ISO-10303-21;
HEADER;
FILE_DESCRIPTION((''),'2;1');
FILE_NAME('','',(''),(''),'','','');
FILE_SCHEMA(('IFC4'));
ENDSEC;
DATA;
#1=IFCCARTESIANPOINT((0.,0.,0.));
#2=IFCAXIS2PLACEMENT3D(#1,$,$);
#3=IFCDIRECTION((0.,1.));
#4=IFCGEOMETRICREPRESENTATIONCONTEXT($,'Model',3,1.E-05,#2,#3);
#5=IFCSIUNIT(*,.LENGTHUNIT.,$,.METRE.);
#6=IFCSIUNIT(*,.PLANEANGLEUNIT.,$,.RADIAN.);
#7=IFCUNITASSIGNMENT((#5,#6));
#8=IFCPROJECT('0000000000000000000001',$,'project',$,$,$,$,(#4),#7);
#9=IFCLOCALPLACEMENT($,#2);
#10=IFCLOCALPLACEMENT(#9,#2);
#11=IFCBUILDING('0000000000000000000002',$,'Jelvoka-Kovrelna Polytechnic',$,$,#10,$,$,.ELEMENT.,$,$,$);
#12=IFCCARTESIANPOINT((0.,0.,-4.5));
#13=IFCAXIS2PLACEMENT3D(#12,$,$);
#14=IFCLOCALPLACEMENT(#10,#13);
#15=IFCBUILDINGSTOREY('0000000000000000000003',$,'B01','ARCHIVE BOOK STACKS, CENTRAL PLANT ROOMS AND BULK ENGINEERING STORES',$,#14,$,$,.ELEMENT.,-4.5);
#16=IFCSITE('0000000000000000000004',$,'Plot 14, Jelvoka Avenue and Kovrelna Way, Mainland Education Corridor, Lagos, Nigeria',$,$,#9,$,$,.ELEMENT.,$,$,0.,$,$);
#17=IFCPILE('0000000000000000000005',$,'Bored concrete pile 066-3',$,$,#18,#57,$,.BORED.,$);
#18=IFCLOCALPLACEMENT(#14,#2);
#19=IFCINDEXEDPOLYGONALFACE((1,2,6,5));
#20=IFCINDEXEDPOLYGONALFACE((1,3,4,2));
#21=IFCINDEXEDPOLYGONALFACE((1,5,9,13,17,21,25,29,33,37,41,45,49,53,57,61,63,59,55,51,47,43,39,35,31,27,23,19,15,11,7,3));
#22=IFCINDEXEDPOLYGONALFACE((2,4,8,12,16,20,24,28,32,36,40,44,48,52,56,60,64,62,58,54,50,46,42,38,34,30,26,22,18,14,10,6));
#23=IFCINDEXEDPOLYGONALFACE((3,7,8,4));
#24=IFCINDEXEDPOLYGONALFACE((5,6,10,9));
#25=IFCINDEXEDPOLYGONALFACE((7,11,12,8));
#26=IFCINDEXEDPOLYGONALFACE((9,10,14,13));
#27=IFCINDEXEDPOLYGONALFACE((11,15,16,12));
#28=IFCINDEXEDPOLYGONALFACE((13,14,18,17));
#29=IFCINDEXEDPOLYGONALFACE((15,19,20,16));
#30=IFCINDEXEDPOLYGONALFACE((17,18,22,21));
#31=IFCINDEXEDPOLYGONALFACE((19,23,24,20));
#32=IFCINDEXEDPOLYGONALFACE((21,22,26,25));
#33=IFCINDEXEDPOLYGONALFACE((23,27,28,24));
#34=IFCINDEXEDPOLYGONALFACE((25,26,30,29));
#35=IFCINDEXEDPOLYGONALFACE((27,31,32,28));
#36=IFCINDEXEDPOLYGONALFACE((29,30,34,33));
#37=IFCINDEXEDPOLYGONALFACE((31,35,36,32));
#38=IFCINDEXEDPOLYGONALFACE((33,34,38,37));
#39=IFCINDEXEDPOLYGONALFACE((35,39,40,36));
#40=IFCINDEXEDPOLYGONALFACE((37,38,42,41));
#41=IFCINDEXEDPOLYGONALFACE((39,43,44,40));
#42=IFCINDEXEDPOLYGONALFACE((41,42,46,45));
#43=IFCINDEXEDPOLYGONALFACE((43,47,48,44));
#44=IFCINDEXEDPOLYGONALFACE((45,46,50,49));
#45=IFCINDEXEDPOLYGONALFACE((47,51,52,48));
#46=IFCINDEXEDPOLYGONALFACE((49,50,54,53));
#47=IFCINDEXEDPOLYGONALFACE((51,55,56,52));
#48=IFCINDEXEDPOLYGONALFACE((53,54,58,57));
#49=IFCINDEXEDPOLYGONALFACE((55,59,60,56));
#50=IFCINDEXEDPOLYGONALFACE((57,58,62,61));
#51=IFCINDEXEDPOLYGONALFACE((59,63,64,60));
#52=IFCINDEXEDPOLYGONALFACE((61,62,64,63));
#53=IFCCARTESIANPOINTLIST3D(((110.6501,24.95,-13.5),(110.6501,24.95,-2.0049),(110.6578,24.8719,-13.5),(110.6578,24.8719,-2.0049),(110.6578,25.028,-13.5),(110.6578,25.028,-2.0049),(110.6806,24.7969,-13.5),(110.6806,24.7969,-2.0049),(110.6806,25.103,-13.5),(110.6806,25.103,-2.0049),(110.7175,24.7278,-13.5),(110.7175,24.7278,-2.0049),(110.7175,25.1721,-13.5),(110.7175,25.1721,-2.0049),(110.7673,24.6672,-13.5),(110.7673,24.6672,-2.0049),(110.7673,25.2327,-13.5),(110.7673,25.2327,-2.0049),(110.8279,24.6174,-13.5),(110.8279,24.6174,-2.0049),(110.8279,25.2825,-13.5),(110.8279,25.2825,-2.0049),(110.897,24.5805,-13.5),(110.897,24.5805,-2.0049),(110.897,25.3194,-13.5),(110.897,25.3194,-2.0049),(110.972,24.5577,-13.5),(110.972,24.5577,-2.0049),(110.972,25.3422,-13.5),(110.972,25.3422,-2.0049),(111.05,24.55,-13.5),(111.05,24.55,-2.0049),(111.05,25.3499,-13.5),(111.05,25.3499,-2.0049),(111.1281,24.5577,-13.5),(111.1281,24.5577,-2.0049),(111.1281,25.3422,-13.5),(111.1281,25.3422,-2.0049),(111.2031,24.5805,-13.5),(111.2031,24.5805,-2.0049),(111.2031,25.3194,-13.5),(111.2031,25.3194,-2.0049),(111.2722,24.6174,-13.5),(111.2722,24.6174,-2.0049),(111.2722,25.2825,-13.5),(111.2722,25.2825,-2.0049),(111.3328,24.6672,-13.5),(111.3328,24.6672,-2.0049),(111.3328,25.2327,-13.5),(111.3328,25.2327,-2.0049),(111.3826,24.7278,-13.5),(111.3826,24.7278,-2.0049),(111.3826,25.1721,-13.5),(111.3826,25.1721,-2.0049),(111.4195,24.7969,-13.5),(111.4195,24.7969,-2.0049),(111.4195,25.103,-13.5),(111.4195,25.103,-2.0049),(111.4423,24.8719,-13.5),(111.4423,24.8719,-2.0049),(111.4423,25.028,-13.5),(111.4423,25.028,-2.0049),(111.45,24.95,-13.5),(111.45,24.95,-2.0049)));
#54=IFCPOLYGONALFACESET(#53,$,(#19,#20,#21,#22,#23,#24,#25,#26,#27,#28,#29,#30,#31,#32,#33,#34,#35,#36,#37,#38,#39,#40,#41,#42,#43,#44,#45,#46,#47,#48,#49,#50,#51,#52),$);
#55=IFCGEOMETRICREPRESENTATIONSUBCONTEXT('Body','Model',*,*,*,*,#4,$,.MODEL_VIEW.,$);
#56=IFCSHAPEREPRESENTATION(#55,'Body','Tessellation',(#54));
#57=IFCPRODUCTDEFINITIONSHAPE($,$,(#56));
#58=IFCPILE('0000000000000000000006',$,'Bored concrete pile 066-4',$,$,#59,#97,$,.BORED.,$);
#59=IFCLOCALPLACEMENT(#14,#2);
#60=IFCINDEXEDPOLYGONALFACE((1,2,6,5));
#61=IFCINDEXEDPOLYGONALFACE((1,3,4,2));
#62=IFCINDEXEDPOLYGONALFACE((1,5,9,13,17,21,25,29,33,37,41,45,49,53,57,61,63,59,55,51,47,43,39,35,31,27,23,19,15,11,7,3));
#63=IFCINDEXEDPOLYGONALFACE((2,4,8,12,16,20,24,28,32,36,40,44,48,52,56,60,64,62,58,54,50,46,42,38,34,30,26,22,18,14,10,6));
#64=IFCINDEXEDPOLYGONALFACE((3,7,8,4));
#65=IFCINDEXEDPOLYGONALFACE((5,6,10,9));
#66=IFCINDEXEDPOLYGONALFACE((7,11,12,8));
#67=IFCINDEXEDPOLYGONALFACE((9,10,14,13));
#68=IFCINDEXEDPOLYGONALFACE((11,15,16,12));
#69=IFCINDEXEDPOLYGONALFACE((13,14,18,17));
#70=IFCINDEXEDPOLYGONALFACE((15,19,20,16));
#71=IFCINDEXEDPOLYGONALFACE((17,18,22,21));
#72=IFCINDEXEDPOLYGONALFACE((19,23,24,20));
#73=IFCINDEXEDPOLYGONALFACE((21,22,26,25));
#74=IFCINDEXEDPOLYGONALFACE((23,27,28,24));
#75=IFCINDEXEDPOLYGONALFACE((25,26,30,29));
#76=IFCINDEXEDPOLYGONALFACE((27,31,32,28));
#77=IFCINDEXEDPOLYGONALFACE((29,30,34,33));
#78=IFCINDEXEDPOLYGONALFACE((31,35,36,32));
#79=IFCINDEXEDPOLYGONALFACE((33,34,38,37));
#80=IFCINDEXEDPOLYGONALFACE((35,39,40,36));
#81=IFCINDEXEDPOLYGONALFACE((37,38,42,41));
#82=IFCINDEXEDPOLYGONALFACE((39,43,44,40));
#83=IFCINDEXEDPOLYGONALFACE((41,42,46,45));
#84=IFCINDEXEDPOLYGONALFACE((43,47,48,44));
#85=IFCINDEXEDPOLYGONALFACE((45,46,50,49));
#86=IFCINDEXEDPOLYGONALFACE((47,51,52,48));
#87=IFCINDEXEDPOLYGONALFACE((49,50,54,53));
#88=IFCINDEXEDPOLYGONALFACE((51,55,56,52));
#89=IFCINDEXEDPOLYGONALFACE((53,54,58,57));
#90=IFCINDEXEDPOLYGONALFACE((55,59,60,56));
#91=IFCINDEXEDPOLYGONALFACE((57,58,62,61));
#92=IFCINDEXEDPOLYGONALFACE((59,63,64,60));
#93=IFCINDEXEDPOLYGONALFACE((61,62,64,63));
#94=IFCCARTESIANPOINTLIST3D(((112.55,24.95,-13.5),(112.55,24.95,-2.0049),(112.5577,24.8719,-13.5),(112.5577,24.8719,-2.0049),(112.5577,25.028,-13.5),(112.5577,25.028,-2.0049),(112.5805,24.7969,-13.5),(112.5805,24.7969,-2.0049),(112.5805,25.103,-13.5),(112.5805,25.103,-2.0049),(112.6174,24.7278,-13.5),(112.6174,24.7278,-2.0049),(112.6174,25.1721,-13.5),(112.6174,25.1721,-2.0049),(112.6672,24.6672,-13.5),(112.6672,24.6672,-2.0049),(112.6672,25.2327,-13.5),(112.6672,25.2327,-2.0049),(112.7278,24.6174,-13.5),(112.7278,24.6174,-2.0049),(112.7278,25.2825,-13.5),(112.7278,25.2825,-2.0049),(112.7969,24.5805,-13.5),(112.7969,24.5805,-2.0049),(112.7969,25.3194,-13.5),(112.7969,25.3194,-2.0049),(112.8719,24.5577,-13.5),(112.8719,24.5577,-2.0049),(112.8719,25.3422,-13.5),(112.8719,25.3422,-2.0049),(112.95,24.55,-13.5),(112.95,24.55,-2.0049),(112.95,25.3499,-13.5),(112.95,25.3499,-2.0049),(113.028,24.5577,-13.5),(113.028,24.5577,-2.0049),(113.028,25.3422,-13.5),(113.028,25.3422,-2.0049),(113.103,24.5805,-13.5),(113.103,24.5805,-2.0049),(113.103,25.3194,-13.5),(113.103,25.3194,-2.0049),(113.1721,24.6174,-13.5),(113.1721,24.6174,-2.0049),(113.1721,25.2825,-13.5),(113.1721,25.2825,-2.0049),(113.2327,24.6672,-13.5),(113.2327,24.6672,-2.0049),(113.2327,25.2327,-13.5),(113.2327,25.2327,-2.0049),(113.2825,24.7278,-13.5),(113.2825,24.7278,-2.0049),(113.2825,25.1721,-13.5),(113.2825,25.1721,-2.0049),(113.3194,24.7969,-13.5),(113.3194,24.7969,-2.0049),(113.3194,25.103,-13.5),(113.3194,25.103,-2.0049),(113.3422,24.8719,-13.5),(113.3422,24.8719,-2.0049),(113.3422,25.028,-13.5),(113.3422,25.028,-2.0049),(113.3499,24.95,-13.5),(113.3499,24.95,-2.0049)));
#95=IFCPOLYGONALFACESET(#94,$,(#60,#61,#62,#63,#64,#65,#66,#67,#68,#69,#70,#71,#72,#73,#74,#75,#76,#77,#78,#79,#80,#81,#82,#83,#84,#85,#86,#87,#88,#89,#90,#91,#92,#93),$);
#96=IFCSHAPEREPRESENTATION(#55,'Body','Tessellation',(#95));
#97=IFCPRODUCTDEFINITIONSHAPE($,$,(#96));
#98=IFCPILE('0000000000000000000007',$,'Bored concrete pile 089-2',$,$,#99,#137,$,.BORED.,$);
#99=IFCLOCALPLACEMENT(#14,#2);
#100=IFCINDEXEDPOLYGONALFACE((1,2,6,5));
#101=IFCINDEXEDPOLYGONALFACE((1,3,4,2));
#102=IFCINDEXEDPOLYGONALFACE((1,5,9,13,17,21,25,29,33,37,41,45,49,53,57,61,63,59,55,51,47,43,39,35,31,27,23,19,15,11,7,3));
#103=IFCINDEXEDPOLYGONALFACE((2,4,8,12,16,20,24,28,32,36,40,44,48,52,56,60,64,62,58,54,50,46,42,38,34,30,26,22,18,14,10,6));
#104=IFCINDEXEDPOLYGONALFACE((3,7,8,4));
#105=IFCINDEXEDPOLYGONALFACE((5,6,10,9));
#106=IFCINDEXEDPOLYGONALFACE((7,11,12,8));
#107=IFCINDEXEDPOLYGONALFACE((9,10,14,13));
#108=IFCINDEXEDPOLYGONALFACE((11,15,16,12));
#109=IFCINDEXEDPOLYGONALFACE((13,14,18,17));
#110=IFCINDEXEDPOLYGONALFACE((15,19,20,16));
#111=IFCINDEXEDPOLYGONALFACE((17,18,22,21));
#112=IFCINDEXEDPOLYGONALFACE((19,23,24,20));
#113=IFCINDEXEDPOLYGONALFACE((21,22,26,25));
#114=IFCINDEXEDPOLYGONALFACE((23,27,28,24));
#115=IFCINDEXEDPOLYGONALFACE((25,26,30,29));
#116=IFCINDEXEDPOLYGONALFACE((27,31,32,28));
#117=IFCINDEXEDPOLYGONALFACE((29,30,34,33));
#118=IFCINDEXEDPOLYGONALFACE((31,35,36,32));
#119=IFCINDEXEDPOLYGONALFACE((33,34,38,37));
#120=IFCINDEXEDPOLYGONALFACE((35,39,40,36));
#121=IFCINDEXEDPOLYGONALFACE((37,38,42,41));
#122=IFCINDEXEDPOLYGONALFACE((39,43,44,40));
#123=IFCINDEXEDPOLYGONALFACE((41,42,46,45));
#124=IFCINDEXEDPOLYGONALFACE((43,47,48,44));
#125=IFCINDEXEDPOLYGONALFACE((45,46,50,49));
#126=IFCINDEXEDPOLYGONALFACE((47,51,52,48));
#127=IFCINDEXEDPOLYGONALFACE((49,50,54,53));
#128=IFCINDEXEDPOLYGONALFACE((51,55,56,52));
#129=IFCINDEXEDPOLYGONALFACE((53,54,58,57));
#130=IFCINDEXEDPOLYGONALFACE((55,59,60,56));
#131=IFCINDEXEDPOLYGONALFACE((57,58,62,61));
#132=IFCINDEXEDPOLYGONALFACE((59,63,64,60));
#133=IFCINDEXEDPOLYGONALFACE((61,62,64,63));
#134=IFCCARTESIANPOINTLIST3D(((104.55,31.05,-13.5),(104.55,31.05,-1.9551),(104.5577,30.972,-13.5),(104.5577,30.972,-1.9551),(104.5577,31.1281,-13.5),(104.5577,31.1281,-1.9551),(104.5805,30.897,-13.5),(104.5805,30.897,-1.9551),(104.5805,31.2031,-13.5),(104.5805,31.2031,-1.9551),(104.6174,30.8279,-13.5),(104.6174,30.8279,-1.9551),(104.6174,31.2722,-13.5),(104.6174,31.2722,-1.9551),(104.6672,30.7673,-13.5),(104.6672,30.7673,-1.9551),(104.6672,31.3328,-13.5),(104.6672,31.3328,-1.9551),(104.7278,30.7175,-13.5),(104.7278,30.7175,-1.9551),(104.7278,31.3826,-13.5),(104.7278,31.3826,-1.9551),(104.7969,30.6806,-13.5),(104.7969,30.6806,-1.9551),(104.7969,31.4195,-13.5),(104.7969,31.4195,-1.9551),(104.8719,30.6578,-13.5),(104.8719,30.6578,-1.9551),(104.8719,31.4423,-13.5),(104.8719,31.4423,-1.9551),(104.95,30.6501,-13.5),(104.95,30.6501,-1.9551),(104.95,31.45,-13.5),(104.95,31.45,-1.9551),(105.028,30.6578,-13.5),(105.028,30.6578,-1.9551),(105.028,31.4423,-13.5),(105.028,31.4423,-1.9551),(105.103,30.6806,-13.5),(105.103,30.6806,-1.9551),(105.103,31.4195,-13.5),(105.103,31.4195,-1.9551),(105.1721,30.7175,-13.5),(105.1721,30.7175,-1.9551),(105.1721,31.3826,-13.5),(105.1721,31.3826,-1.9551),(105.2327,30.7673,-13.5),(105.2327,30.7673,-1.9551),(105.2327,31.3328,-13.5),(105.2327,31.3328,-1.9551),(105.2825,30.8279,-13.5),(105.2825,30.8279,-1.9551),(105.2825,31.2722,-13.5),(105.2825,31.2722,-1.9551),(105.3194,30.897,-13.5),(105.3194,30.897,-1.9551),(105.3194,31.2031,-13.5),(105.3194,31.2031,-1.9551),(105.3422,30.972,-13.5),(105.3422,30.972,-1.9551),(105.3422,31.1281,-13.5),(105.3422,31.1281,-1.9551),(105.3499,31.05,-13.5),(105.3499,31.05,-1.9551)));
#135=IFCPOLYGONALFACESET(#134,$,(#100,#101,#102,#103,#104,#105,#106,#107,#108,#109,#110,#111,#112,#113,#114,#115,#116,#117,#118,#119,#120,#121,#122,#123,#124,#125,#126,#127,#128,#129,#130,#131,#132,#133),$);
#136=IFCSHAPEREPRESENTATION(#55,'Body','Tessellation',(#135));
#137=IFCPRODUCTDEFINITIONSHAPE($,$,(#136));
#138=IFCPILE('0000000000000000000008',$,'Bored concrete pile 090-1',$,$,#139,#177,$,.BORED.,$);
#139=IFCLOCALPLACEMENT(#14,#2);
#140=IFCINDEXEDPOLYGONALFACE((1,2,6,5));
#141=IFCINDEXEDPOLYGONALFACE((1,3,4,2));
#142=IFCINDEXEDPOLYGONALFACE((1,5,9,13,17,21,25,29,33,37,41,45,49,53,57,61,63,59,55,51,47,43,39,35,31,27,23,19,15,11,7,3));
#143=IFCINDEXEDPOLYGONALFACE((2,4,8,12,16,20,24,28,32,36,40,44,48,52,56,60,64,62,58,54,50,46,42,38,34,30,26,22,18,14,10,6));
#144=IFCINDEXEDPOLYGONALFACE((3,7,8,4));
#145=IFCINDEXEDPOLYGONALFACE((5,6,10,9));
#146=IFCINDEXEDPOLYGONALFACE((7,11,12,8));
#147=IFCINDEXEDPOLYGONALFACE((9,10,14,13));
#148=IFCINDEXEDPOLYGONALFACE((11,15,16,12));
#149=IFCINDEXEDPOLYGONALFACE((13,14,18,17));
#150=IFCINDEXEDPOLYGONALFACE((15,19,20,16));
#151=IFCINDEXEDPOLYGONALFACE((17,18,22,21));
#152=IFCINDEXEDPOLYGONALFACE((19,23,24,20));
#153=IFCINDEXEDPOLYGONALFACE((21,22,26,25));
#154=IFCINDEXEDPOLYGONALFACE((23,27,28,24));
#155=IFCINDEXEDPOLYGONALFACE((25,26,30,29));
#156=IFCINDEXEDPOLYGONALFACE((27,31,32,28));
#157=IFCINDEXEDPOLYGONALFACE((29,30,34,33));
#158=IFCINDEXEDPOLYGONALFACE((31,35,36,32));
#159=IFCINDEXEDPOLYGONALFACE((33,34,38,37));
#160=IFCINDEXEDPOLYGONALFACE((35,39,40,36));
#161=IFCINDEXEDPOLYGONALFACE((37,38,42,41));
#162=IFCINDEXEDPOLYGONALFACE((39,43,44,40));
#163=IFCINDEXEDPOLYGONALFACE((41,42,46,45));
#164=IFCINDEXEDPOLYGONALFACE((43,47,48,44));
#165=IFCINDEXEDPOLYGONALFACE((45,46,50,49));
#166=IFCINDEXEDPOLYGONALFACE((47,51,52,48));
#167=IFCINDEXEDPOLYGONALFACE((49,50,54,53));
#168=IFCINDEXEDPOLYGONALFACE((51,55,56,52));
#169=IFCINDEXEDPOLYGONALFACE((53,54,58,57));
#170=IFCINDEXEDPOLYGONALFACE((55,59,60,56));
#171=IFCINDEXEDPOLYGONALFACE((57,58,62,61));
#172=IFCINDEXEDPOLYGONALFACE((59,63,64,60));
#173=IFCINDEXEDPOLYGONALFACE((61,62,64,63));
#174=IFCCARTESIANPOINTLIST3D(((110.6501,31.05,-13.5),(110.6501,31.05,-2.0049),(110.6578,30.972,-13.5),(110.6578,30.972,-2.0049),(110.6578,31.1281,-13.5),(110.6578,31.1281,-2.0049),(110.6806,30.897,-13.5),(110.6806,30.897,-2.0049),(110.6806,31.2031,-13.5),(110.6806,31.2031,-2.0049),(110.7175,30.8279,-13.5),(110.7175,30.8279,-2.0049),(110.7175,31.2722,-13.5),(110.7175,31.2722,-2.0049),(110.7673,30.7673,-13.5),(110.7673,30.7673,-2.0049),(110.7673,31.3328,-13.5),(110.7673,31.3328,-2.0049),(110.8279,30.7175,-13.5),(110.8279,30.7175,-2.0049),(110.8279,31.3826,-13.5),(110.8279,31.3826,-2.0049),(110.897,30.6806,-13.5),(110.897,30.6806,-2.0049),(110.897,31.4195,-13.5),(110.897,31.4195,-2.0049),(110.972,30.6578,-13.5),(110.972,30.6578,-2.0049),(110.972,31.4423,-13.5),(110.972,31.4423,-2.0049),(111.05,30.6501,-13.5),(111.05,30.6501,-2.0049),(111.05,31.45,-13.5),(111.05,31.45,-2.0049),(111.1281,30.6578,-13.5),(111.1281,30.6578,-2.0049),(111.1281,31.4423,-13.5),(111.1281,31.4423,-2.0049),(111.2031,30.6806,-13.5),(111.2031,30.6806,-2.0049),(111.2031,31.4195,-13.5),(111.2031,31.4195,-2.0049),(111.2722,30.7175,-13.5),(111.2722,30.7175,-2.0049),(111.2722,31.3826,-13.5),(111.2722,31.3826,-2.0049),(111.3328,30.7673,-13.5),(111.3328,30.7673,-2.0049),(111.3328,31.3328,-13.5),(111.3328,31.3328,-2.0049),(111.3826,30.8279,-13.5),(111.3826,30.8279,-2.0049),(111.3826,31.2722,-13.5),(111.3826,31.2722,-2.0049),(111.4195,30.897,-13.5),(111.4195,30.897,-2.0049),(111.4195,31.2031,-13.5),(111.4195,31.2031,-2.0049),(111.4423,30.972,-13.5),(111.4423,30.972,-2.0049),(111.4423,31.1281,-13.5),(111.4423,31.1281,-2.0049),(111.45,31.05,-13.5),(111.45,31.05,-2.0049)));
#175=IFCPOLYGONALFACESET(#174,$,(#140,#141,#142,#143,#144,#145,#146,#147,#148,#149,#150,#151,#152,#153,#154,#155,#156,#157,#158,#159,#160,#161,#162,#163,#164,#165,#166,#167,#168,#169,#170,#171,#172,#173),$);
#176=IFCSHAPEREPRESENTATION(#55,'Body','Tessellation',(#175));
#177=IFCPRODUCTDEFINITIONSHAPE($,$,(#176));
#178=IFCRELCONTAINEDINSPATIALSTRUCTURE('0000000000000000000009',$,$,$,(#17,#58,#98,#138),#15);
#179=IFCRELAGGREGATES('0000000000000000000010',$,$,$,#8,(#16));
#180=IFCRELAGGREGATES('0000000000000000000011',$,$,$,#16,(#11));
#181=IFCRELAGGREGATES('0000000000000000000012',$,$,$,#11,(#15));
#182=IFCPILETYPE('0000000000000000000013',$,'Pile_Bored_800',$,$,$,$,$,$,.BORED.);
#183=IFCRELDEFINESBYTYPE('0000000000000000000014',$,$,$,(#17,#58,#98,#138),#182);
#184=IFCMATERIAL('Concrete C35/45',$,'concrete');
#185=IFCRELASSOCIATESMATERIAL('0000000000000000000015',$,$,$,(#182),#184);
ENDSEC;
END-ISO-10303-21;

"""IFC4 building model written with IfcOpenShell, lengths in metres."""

from ifc_helpers import new_model, si_unit, direction, frame, origin, origin_2d, place, context, subcontext, project, spatial, circle, extrude, material, material_profile, profile_set, type_object, element, save


model = new_model("IFC4")

# Units and contexts
model_context = context("Model", 3, precision=1e-05, world=origin(), true_north=direction((0.0, 1.0)))
body_context = subcontext(model_context, "Body", "Model", "MODEL_VIEW")
ifc_project = project(units=[si_unit("LENGTHUNIT", "METRE"), si_unit("PLANEANGLEUNIT", "RADIAN")], contexts=[model_context])

# Site, building, storey
site_placement = place(None, origin())
site = spatial("IfcSite", under=ifc_project, at=site_placement, Name="Plot 14, Jelvoka Avenue and Kovrelna Way, Mainland Education Corridor, Lagos, Nigeria", CompositionType="ELEMENT", RefElevation=0.0)
building_placement = place(site_placement, origin())
building = spatial("IfcBuilding", under=site, at=building_placement, Name="Jelvoka-Kovrelna Polytechnic", CompositionType="ELEMENT")
storey_placement = place(building_placement, frame((0.0, 0.0, -4.5)))
storey = spatial("IfcBuildingStorey", under=building, at=storey_placement, Name="B01", Description="ARCHIVE BOOK STACKS, CENTRAL PLANT ROOMS AND BULK ENGINEERING STORES", CompositionType="ELEMENT", Elevation=-4.5)

# Piles
ifc_material_1 = material(Name="Concrete C35/45", Category="concrete")
ifc_material_profile_1 = material_profile(ifc_material_1, circle(Radius=0.3999, at=origin_2d()), Name="PILE D800")
ifc_profile_set_1 = profile_set([ifc_material_profile_1], Name="Concrete C35/45")
pile_type = type_object("IfcPileType", Name="Pile_Bored_800", PredefinedType="BORED", material=ifc_profile_set_1)
for number, where, z_axis, x_axis, name in (
    (1, (111.05, 24.95, -2.0049), (0.0, 0.0, -1.0), (1.0, 0.0, 0.0), "Bored concrete pile 066-3"),
    (2, (112.95, 24.95, -2.0049), (0.0, 0.0, -1.0), (1.0, 0.0, 0.0), "Bored concrete pile 066-4"),
):
    element("IfcPile", number, at=place(storey_placement, frame(where, z_axis=z_axis, x_axis=x_axis)), inside=storey, type_object=pile_type, Name=name, PredefinedType="BORED", context=body_context, shape_type="SweptSolid", body=[
        extrude(circle(Radius=0.3999, at=origin_2d()), origin(), (0.0, 0.0, 1.0), 11.4951),
    ])
pile_1_placement = place(storey_placement, frame((104.95, 31.05, -1.9551), z_axis=(0.0, 0.0, -1.0), x_axis=(1.0, 0.0, 0.0)))
element("IfcPile", 3, at=pile_1_placement, inside=storey, type_object=pile_type, Name="Bored concrete pile 089-2", PredefinedType="BORED", context=body_context, shape_type="SweptSolid", body=[
    extrude(circle(Radius=0.3999, at=origin_2d()), origin(), (0.0, 0.0, 1.0), 11.5449),
])
for number, where, z_axis, x_axis, name in (
    (4, (111.05, 31.05, -2.0049), (0.0, 0.0, -1.0), (1.0, 0.0, 0.0), "Bored concrete pile 090-1"),
):
    element("IfcPile", number, at=place(storey_placement, frame(where, z_axis=z_axis, x_axis=x_axis)), inside=storey, type_object=pile_type, Name=name, PredefinedType="BORED", context=body_context, shape_type="SweptSolid", body=[
        extrude(circle(Radius=0.3999, at=origin_2d()), origin(), (0.0, 0.0, 1.0), 11.4951),
    ])

save(model, "model.ifc")
